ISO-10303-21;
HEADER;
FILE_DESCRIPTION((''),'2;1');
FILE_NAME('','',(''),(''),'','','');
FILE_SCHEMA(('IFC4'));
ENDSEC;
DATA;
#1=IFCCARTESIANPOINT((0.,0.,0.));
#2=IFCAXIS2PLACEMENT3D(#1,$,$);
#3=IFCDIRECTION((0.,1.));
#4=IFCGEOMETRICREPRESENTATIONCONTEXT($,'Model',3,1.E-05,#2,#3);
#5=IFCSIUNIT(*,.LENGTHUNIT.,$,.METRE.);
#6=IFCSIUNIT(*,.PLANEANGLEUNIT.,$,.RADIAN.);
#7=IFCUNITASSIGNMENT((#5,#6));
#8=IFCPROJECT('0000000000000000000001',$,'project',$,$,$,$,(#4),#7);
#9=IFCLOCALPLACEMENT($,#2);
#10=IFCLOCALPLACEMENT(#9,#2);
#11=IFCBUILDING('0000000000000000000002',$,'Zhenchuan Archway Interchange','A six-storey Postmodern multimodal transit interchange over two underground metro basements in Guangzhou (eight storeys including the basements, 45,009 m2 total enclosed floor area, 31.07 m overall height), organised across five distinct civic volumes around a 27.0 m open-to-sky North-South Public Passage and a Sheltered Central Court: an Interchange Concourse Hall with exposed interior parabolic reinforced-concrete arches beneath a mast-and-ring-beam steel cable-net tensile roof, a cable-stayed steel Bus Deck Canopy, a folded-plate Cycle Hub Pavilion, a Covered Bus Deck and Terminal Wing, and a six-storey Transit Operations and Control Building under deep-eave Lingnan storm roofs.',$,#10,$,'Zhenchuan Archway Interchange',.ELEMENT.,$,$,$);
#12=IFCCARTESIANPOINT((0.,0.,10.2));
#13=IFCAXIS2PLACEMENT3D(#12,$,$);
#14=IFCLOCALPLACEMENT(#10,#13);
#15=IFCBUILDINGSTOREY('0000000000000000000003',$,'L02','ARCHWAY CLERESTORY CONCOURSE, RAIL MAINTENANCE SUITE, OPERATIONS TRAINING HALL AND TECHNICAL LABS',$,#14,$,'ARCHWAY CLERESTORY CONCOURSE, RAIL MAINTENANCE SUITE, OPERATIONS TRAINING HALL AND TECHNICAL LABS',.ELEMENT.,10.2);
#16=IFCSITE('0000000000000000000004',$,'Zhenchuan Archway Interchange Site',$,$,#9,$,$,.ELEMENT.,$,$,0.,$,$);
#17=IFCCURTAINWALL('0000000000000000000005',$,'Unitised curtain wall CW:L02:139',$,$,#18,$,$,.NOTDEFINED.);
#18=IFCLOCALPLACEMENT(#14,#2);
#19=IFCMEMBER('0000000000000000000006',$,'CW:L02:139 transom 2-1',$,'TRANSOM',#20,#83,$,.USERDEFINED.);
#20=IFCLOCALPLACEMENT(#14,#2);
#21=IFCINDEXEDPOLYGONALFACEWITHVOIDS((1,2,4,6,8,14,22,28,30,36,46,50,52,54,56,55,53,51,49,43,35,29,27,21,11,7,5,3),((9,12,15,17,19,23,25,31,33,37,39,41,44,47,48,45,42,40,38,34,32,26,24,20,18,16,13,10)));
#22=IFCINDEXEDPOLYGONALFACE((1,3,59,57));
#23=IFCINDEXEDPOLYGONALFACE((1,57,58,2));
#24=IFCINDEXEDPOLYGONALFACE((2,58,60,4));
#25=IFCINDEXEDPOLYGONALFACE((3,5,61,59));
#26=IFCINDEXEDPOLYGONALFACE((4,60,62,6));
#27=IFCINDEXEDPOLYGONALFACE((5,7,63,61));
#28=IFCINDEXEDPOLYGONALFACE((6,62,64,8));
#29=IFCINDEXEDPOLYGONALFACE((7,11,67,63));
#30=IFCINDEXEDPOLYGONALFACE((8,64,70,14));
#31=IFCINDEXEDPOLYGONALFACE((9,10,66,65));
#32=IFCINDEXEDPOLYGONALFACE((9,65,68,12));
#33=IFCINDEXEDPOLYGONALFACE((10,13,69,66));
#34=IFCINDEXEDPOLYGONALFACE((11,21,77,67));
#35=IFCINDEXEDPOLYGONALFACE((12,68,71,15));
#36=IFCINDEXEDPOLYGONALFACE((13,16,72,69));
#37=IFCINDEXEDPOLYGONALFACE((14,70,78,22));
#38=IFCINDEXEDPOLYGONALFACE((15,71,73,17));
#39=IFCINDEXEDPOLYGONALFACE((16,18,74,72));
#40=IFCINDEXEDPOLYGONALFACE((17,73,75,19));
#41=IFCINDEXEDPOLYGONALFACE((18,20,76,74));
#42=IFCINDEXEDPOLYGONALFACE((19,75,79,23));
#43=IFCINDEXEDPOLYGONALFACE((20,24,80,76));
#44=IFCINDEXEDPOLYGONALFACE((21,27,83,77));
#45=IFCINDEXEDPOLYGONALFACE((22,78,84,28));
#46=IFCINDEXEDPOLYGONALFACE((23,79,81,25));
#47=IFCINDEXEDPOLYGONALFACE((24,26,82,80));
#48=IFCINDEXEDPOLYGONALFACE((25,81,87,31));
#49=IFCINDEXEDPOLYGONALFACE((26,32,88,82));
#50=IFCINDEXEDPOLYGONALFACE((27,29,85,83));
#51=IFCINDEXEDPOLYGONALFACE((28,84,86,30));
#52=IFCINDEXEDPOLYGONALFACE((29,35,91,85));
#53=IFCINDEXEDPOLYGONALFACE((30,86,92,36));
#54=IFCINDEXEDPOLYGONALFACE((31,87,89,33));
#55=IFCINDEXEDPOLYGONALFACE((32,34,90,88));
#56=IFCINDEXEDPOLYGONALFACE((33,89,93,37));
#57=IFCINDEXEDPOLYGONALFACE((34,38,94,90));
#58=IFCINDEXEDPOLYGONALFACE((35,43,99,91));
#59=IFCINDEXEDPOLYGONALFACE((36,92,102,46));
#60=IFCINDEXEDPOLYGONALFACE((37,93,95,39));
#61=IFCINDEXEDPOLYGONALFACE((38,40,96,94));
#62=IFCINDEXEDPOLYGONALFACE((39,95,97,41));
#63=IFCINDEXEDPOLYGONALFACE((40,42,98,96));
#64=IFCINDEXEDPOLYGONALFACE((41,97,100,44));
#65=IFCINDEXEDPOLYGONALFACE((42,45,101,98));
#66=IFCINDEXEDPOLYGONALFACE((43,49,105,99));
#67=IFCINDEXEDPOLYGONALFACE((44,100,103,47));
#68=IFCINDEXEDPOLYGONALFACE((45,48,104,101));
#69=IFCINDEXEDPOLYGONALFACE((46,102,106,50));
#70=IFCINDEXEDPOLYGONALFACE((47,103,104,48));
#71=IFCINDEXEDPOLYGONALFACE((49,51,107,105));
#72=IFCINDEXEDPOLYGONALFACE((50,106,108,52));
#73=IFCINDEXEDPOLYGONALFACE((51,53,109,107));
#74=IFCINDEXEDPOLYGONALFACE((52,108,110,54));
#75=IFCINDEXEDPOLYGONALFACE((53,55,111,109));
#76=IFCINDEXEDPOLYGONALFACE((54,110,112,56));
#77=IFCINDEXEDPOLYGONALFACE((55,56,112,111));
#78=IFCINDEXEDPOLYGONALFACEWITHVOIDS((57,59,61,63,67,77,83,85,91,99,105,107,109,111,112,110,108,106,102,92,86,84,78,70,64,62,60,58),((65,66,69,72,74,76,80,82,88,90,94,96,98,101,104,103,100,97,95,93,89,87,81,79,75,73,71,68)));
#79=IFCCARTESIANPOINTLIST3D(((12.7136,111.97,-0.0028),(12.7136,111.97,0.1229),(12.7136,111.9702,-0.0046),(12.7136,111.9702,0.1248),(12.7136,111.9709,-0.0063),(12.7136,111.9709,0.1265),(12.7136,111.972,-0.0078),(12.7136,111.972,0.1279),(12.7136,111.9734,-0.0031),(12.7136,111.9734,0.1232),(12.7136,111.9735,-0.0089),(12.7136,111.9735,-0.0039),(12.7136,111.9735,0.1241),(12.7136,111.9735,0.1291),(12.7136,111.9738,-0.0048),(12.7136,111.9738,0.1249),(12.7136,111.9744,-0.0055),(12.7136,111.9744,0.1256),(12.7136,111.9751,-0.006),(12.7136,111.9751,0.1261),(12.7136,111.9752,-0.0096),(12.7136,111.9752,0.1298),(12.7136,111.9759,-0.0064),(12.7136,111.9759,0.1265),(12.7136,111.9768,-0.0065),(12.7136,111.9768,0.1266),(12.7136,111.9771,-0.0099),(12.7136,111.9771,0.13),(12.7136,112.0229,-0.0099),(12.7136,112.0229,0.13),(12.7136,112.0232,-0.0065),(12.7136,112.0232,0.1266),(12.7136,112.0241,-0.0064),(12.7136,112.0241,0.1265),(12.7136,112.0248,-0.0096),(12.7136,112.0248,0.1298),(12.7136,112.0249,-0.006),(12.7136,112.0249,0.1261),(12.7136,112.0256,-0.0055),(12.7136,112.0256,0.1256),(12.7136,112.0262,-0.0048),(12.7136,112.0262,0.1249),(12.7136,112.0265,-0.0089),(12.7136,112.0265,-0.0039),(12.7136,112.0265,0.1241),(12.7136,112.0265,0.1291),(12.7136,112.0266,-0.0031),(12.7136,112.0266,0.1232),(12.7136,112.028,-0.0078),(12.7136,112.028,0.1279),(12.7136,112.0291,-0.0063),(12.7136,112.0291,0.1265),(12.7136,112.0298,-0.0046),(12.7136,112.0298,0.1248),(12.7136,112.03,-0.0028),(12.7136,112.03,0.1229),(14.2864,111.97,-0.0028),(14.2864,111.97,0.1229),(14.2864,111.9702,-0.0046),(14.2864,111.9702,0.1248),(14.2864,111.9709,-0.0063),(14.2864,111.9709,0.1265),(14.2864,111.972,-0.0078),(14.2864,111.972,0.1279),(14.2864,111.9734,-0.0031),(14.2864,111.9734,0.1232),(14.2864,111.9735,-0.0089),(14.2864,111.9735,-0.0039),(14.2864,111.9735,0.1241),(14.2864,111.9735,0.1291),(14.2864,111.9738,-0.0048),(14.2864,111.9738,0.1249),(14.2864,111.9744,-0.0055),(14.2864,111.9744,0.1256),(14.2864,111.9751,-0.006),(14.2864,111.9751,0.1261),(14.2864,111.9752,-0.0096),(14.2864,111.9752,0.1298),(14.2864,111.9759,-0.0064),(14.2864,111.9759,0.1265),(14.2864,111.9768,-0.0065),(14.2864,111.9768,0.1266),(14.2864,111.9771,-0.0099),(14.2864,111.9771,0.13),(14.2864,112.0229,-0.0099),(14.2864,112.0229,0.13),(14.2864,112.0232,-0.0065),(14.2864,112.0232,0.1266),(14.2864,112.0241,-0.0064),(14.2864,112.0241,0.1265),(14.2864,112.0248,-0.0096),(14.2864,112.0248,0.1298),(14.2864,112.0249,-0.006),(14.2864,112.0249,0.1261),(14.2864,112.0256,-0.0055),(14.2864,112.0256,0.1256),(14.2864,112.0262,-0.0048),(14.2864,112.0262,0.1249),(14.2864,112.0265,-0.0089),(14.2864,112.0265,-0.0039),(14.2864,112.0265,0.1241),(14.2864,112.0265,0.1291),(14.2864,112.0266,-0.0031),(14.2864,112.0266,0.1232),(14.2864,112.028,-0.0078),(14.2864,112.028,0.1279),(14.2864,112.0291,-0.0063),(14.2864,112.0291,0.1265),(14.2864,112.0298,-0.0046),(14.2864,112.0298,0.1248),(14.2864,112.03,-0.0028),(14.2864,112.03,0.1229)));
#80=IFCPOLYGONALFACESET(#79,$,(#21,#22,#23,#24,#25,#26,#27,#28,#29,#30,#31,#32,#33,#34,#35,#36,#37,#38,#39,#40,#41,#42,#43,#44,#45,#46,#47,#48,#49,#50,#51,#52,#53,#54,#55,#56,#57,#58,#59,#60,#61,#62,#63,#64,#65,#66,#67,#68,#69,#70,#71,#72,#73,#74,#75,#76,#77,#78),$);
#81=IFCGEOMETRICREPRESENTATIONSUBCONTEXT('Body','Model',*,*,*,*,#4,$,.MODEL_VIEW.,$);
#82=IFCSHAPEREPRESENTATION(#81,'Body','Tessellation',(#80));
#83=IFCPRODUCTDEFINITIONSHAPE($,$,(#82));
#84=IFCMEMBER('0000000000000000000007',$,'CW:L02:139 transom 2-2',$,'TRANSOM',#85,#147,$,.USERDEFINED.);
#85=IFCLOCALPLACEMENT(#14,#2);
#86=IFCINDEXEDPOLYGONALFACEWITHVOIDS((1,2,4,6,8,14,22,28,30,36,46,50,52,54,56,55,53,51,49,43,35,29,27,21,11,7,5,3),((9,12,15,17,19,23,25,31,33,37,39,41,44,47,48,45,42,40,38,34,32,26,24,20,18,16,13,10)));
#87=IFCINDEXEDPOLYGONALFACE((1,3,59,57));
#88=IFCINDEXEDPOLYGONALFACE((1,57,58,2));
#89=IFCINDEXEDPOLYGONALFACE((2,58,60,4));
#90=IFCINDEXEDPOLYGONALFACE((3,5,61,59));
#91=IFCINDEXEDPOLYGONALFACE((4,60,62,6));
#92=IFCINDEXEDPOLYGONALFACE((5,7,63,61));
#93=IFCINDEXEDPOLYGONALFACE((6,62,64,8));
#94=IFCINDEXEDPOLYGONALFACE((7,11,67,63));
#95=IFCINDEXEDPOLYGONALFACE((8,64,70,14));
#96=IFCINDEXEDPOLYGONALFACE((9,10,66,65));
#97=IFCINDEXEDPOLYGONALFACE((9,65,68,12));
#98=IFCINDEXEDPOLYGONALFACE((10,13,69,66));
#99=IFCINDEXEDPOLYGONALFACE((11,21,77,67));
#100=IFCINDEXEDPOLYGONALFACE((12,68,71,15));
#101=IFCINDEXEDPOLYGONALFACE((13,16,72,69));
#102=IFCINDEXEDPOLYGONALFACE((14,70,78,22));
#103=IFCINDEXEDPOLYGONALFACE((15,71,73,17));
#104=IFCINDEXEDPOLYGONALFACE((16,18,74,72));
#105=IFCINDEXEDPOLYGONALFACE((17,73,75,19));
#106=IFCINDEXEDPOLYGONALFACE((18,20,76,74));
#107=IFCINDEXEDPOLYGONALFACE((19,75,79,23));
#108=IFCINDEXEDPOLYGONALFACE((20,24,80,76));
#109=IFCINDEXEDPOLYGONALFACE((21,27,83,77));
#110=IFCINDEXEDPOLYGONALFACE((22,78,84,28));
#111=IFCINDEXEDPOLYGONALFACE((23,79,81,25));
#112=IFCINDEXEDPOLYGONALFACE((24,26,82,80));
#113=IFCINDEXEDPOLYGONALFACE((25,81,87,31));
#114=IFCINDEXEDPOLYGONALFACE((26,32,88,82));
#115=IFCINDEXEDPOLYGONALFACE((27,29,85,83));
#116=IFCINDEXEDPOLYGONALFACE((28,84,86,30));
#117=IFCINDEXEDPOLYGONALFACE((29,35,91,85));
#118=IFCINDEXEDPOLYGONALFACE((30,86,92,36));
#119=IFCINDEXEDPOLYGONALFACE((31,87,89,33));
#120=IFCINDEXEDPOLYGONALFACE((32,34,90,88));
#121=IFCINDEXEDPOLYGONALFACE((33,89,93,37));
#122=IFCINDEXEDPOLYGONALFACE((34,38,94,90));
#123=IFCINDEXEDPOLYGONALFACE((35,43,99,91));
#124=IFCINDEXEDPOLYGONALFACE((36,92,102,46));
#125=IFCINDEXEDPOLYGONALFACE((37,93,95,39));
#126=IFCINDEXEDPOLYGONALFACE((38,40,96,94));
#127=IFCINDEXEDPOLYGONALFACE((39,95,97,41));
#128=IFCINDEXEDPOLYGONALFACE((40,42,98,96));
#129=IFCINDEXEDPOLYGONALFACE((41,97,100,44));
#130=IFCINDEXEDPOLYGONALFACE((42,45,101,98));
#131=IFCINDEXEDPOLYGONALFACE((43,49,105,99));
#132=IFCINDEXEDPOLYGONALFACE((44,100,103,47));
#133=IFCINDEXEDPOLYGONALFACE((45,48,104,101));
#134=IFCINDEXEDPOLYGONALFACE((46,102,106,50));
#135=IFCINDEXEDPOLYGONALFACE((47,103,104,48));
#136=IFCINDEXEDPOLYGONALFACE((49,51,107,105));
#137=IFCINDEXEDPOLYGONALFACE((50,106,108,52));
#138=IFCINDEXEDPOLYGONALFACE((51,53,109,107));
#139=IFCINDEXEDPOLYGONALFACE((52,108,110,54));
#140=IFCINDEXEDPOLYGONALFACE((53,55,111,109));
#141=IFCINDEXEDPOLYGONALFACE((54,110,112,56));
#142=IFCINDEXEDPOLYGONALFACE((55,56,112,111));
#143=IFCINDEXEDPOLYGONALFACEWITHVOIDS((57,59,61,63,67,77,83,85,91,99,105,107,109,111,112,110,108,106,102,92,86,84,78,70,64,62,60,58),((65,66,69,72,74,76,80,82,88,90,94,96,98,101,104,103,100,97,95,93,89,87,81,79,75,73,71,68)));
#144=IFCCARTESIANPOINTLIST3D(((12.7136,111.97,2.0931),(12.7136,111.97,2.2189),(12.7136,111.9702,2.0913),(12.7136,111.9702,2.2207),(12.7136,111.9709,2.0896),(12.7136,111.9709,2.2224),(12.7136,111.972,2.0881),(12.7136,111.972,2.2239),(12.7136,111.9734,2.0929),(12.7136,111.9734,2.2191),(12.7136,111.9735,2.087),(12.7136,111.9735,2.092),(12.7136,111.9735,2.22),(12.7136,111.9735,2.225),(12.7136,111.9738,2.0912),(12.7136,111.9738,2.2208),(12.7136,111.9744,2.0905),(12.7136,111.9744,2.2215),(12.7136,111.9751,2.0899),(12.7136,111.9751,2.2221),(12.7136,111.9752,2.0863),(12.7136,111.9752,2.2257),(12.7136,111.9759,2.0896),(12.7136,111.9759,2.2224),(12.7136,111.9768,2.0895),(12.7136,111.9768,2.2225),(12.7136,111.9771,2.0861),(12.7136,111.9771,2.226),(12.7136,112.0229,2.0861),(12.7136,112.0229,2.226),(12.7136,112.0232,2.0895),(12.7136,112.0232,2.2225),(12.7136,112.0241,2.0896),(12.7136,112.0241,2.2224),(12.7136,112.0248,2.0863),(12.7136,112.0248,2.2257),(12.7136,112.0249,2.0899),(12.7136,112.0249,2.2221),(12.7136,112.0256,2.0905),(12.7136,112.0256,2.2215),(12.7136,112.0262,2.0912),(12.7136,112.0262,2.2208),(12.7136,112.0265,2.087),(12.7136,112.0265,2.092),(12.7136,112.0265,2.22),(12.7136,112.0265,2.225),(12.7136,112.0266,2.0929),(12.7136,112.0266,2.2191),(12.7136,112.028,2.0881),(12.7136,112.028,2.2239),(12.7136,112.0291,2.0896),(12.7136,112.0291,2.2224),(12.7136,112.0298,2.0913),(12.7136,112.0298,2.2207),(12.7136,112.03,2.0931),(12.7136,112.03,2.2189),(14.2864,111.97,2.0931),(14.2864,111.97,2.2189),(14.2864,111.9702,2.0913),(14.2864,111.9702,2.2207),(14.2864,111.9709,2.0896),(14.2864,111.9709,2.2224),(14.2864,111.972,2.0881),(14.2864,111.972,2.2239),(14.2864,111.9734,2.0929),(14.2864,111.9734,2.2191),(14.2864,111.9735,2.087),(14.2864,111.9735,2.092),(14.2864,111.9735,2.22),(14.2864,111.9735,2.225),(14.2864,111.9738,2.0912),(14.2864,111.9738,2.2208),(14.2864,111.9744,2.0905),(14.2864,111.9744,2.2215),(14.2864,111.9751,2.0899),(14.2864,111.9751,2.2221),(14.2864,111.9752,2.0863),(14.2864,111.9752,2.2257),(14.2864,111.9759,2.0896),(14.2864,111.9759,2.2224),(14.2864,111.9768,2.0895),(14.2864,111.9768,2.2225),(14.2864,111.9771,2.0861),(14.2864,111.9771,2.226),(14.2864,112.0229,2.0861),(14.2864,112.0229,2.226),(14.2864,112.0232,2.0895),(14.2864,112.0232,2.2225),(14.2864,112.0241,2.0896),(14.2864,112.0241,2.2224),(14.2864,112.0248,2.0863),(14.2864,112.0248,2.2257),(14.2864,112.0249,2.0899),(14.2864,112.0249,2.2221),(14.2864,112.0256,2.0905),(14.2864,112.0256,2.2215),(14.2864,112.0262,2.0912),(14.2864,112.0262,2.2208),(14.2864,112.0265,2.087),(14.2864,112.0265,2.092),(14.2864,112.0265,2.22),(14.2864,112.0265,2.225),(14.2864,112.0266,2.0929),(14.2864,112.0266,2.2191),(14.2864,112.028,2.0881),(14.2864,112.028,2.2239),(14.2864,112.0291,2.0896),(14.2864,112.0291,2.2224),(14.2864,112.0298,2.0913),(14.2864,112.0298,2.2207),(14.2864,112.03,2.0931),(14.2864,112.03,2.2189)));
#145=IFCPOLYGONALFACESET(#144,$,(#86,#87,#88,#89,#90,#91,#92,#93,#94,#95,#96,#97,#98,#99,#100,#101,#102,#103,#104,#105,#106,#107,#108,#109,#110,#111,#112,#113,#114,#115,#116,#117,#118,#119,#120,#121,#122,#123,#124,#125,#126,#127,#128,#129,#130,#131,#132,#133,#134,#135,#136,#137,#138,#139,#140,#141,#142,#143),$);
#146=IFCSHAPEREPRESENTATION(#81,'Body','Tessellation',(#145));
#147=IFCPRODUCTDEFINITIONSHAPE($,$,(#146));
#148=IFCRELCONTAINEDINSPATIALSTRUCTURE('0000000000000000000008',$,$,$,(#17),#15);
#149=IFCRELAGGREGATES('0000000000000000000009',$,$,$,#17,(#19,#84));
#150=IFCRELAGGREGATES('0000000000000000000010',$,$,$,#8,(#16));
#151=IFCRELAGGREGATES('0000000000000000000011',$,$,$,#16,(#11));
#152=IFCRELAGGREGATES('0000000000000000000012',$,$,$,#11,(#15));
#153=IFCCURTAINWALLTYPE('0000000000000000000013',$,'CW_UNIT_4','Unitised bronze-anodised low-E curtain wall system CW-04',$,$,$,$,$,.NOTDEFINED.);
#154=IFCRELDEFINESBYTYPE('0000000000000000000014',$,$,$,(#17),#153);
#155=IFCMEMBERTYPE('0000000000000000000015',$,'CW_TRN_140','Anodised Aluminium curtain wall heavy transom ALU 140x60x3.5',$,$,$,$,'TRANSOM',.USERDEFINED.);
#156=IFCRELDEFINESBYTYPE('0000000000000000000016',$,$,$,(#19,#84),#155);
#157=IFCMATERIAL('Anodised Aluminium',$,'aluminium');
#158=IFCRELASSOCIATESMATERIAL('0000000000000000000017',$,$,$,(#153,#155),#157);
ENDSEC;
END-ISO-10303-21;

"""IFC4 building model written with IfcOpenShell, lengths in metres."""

from ifc_helpers import new_model, si_unit, direction, frame, origin, origin_2d, place, context, subcontext, project, spatial, hollow_rectangle, extrude, material, material_profile, profile_set, type_object, element, aggregate, save


model = new_model("IFC4")

# Units and contexts
model_context = context("Model", 3, precision=1e-05, world=origin(), true_north=direction((0.0, 1.0)))
body_context = subcontext(model_context, "Body", "Model", "MODEL_VIEW")
ifc_project = project(units=[si_unit("LENGTHUNIT", "METRE"), si_unit("PLANEANGLEUNIT", "RADIAN")], contexts=[model_context])

# Site, building, storey
site_placement = place(None, origin())
site = spatial("IfcSite", under=ifc_project, at=site_placement, Name="Zhenchuan Archway Interchange Site", CompositionType="ELEMENT", RefElevation=0.0)
building_placement = place(site_placement, origin())
building = spatial("IfcBuilding", under=site, at=building_placement, Name="Zhenchuan Archway Interchange", Description="A six-storey Postmodern multimodal transit interchange over two underground metro basements in Guangzhou (eight storeys including the basements, 45,009 m2 total enclosed floor area, 31.07 m overall height), organised across five distinct civic volumes around a 27.0 m open-to-sky North-South Public Passage and a Sheltered Central Court: an Interchange Concourse Hall with exposed interior parabolic reinforced-concrete arches beneath a mast-and-ring-beam steel cable-net tensile roof, a cable-stayed steel Bus Deck Canopy, a folded-plate Cycle Hub Pavilion, a Covered Bus Deck and Terminal Wing, and a six-storey Transit Operations and Control Building under deep-eave Lingnan storm roofs.", LongName="Zhenchuan Archway Interchange", CompositionType="ELEMENT")
storey_placement = place(building_placement, frame((0.0, 0.0, 10.2)))
storey = spatial("IfcBuildingStorey", under=building, at=storey_placement, Name="L02", Description="ARCHWAY CLERESTORY CONCOURSE, RAIL MAINTENANCE SUITE, OPERATIONS TRAINING HALL AND TECHNICAL LABS", LongName="ARCHWAY CLERESTORY CONCOURSE, RAIL MAINTENANCE SUITE, OPERATIONS TRAINING HALL AND TECHNICAL LABS", CompositionType="ELEMENT", Elevation=10.2)

# Shared definitions
ifc_material_1 = material(Name="Anodised Aluminium", Category="aluminium")

# Curtain wall, members
curtain_wall_type_1 = type_object("IfcCurtainWallType", Name="CW_UNIT_4", Description="Unitised bronze-anodised low-E curtain wall system CW-04", PredefinedType="NOTDEFINED", material=ifc_material_1)
curtain_wall_1_placement = place(storey_placement, origin())
curtain_wall_1 = element("IfcCurtainWall", 1, at=curtain_wall_1_placement, inside=storey, type_object=curtain_wall_type_1, Name="Unitised curtain wall CW:L02:139", PredefinedType="NOTDEFINED")
ifc_material_profile_1 = material_profile(ifc_material_1, hollow_rectangle(XDim=0.0601, YDim=0.1399, WallThickness=0.0034, InnerFilletRadius=0.0034, OuterFilletRadius=0.0071, at=origin_2d()), Name="ALU 140x60x3.5")
ifc_profile_set_1 = profile_set([ifc_material_profile_1], Name="Anodised Aluminium")
member_type_1 = type_object("IfcMemberType", Name="CW_TRN_140", Description="Anodised Aluminium curtain wall heavy transom ALU 140x60x3.5", ElementType="TRANSOM", PredefinedType="USERDEFINED", material=ifc_profile_set_1)
member_1_placement = place(storey_placement, frame((12.7136, 112.0, 0.0601), z_axis=(1.0, 0.0, 0.0), x_axis=(0.0, 1.0, 0.0)))
member_1 = element("IfcMember", 2, at=member_1_placement, type_object=member_type_1, Name="CW:L02:139 transom 2-1", ObjectType="TRANSOM", PredefinedType="USERDEFINED", context=body_context, shape_type="SweptSolid", body=[
    extrude(hollow_rectangle(XDim=0.0601, YDim=0.1399, WallThickness=0.0034, InnerFilletRadius=0.0034, OuterFilletRadius=0.0071, at=origin_2d()), origin(), (0.0, 0.0, 1.0), 1.5728),
])
member_2_placement = place(storey_placement, frame((12.7136, 112.0, 2.156), z_axis=(1.0, 0.0, 0.0), x_axis=(0.0, 1.0, 0.0)))
member_2 = element("IfcMember", 3, at=member_2_placement, type_object=member_type_1, Name="CW:L02:139 transom 2-2", ObjectType="TRANSOM", PredefinedType="USERDEFINED", context=body_context, shape_type="SweptSolid", body=[
    extrude(hollow_rectangle(XDim=0.0601, YDim=0.1399, WallThickness=0.0034, InnerFilletRadius=0.0034, OuterFilletRadius=0.0071, at=origin_2d()), origin(), (0.0, 0.0, 1.0), 1.5728),
])

aggregate(curtain_wall_1, [member_1, member_2])

save(model, "model.ifc")
